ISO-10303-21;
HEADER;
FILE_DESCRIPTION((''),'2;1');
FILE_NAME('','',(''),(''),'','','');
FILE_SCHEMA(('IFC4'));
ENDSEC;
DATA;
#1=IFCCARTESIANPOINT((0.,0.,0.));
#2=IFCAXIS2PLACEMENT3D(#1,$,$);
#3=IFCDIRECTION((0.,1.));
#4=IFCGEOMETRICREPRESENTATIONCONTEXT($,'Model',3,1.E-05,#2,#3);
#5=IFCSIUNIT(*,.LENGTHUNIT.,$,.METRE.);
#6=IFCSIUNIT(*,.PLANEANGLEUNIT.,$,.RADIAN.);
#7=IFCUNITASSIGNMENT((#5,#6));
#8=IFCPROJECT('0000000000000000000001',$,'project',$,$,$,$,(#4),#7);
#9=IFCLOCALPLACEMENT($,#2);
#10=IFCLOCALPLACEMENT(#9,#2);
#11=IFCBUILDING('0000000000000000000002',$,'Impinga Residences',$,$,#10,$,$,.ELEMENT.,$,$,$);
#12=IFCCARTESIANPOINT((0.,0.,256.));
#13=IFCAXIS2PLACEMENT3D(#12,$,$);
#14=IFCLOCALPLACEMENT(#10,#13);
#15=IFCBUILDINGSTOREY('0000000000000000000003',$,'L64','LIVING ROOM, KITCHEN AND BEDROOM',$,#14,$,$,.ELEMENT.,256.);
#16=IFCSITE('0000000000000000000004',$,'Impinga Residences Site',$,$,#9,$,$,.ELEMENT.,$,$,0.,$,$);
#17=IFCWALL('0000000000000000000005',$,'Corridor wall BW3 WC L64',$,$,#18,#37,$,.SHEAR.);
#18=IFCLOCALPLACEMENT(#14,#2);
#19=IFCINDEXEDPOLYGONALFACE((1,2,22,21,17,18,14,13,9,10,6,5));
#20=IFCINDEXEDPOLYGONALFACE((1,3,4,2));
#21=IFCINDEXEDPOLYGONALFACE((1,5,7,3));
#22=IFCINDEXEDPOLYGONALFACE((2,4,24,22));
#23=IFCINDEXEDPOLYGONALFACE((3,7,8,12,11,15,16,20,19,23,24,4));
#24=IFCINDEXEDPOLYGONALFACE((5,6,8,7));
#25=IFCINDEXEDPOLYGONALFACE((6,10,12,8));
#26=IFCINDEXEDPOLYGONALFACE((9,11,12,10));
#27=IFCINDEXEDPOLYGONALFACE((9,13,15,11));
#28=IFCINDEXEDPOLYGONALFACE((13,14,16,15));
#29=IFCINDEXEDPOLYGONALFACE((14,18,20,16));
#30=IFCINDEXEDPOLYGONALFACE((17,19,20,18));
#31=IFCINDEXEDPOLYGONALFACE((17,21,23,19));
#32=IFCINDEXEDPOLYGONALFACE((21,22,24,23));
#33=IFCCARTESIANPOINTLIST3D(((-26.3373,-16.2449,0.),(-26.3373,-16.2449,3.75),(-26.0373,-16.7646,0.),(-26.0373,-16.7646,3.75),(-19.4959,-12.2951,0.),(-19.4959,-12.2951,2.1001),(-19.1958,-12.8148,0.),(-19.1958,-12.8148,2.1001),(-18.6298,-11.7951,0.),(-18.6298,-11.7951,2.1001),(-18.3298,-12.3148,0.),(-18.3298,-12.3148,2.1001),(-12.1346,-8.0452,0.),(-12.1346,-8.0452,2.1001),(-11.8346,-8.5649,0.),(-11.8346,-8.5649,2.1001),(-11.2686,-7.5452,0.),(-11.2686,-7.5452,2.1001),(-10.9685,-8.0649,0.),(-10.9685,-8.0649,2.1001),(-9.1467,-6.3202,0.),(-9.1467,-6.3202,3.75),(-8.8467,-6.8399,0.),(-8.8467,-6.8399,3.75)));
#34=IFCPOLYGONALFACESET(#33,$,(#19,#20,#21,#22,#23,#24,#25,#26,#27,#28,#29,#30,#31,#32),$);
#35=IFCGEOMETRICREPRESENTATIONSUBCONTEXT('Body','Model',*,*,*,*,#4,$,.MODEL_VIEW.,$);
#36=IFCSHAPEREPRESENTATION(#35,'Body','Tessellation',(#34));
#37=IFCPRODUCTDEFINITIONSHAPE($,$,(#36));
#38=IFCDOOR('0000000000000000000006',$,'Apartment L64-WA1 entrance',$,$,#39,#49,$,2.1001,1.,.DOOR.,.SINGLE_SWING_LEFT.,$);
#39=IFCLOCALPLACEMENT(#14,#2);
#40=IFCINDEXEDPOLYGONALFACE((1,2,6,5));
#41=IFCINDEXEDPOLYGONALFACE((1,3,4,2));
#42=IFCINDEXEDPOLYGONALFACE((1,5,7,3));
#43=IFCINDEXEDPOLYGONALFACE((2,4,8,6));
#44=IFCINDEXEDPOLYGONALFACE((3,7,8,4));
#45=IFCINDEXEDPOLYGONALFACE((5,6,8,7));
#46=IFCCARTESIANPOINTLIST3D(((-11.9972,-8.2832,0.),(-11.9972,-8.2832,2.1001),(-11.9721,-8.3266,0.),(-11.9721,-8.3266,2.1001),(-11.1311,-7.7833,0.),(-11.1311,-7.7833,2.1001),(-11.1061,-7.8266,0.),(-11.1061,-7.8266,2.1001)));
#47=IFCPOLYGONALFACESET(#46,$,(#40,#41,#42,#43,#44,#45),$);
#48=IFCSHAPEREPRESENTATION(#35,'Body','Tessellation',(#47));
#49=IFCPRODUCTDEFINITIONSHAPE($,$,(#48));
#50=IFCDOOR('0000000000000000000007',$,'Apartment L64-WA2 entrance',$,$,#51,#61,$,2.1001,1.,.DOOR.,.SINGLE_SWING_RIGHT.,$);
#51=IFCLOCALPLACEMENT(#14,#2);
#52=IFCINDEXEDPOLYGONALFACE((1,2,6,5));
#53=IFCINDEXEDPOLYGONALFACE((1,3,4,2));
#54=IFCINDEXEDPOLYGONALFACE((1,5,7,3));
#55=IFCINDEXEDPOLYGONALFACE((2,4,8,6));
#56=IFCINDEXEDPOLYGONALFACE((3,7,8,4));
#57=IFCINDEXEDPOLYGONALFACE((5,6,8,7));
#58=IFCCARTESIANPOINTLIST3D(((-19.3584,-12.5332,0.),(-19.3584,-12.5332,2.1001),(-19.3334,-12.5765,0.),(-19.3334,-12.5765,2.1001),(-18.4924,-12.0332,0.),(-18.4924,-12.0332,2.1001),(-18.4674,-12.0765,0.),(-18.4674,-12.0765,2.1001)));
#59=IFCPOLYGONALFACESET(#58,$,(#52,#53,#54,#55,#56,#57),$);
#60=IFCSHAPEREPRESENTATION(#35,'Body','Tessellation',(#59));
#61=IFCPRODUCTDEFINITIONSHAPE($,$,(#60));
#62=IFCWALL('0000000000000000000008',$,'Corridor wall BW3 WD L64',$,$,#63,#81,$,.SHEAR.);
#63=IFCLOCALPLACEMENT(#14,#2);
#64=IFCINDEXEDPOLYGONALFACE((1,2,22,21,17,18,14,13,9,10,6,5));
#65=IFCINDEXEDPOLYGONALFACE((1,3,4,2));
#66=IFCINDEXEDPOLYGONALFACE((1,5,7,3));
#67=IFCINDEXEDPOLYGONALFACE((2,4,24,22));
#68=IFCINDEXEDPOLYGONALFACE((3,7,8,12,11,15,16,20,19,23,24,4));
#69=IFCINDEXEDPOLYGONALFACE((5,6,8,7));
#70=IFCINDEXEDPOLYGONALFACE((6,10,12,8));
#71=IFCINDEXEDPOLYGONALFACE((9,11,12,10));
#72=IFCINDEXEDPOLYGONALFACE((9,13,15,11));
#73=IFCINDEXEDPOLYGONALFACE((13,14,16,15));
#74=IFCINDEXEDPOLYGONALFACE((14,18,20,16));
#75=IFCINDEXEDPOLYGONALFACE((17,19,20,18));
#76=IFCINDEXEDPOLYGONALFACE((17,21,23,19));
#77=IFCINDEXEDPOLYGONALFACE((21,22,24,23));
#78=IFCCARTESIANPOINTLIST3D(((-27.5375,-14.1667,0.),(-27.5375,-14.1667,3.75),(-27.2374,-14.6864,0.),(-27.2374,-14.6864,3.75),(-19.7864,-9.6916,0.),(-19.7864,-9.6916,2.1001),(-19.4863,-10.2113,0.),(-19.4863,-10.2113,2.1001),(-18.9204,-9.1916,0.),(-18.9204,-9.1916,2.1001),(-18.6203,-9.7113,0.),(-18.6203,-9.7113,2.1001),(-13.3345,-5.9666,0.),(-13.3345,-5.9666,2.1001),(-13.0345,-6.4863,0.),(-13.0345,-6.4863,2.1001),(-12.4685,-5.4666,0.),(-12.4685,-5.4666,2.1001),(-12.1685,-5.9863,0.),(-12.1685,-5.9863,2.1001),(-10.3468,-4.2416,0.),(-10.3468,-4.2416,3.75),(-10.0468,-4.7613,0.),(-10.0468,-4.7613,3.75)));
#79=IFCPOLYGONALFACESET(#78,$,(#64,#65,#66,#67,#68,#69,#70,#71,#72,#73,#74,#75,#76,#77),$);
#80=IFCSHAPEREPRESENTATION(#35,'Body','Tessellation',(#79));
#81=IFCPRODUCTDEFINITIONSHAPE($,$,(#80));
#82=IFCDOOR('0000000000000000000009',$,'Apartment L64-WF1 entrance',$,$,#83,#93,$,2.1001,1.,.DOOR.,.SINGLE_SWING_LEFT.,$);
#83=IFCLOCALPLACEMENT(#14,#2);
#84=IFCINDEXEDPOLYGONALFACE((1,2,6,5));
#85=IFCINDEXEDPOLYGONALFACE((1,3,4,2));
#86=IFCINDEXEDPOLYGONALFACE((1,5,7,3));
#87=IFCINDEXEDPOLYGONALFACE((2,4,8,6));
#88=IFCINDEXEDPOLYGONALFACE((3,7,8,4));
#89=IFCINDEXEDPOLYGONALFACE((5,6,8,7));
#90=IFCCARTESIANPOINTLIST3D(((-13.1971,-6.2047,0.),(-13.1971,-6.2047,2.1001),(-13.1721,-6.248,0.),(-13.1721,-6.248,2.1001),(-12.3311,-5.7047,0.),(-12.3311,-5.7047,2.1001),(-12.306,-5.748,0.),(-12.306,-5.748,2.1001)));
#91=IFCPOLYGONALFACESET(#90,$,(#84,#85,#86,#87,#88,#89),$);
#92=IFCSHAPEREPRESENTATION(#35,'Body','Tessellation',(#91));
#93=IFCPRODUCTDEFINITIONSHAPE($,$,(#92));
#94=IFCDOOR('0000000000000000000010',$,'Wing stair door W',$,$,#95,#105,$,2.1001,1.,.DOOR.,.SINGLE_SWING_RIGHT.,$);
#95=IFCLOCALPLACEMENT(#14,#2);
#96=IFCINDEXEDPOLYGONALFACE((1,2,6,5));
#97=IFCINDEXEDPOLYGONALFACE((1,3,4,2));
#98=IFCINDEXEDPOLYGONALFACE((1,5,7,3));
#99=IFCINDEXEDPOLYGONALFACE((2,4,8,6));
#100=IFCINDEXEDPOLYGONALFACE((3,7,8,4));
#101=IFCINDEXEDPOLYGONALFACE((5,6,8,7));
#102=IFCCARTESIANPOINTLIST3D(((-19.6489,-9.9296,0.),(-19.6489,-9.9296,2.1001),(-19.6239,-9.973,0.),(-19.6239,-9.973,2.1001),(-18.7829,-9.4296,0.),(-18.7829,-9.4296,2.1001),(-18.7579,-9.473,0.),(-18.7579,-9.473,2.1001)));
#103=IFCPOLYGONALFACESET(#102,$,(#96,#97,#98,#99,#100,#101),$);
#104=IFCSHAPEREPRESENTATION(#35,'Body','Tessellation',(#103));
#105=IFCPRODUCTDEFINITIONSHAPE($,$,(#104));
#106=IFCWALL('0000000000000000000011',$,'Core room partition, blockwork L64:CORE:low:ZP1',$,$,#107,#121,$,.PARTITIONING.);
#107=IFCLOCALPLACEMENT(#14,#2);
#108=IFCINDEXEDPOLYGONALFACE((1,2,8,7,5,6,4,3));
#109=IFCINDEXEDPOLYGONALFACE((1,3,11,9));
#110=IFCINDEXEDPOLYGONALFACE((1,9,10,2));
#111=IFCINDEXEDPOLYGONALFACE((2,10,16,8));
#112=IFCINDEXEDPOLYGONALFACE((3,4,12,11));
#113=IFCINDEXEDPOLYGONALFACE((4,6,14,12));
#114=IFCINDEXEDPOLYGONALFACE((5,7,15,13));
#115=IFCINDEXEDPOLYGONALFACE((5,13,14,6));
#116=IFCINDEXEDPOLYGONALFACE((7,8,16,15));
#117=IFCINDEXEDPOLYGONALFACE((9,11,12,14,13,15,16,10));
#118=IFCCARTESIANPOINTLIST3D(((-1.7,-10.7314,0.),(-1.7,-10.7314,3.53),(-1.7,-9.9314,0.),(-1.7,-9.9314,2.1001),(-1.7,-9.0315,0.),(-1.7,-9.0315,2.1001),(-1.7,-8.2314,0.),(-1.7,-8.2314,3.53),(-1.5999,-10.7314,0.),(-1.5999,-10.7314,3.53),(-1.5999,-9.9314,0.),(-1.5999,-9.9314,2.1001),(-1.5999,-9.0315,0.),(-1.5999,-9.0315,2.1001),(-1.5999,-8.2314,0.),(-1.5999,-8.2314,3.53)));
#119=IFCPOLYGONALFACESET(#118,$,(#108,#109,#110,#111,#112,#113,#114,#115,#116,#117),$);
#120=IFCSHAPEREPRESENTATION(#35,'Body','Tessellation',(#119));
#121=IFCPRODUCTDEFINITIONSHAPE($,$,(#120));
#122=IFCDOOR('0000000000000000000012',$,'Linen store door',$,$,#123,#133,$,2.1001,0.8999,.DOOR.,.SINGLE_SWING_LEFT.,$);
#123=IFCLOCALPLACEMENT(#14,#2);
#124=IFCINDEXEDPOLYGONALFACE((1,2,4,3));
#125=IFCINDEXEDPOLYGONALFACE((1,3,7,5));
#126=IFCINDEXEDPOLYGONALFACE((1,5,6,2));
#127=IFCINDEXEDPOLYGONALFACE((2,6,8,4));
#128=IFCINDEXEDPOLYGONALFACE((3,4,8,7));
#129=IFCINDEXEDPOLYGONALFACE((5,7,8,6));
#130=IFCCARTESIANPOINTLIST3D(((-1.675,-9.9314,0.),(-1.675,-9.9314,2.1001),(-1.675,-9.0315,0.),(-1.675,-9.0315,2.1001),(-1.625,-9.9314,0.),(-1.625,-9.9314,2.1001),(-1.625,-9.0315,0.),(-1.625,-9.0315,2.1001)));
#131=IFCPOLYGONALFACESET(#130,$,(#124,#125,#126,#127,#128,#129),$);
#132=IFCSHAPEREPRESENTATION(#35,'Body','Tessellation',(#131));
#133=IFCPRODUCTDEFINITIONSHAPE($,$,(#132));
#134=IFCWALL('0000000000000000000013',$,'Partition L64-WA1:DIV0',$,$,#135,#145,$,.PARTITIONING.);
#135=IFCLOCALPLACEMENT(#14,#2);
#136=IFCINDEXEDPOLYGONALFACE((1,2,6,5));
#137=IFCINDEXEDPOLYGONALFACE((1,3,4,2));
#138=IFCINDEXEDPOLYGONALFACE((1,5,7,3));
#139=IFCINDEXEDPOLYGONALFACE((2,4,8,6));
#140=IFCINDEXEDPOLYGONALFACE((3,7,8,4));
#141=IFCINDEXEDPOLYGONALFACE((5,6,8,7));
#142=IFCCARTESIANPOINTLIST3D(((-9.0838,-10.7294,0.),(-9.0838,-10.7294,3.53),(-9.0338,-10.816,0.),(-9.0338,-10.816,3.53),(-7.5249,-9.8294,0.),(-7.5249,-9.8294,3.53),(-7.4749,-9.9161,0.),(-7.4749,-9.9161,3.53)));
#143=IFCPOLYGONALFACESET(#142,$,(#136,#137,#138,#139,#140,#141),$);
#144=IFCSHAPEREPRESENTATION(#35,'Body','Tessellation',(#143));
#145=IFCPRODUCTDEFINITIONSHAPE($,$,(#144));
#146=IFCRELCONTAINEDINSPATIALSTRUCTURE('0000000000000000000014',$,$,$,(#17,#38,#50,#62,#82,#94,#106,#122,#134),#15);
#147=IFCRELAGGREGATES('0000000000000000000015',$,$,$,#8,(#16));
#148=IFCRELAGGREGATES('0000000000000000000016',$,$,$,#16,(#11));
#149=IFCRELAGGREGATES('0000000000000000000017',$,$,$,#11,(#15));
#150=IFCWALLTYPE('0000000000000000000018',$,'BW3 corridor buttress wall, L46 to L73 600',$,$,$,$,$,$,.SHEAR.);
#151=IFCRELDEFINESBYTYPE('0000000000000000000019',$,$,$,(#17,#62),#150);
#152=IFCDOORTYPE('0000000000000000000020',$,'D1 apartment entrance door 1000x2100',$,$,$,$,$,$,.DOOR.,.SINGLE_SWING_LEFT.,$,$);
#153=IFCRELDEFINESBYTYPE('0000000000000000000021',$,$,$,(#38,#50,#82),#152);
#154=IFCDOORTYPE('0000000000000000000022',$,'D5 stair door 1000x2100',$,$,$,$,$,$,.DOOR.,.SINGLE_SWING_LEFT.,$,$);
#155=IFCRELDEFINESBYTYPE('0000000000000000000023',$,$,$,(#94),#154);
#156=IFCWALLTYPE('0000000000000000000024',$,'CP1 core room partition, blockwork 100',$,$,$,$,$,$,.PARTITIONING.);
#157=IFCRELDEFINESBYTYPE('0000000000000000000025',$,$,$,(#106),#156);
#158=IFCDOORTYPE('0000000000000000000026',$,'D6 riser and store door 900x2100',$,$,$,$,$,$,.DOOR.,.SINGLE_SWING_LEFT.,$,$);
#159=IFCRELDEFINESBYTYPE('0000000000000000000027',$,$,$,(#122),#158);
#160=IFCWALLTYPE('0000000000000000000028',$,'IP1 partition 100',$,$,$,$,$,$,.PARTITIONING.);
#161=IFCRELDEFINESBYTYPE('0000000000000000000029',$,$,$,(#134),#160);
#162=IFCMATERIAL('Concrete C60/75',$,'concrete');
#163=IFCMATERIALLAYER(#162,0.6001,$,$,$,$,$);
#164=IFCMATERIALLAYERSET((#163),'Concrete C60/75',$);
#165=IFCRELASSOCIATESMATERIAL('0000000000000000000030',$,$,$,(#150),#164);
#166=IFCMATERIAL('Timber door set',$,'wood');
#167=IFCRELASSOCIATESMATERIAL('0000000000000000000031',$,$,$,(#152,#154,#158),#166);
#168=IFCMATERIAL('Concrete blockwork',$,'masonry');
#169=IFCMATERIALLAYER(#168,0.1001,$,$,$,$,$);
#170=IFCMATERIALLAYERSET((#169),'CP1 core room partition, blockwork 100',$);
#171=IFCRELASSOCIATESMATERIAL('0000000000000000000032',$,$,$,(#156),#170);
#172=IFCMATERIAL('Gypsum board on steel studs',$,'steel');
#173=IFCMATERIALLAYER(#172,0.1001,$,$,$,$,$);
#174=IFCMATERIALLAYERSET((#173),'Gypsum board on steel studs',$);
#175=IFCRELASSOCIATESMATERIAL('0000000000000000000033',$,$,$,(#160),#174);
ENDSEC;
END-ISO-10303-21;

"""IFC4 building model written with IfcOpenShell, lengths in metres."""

from ifc_helpers import new_model, si_unit, direction, frame, frame_2d, origin, place, context, subcontext, project, spatial, rectangle, extrude, material, layer, layer_set, type_object, element, fill, save


model = new_model("IFC4")

# Units and contexts
model_context = context("Model", 3, precision=1e-05, world=origin(), true_north=direction((0.0, 1.0)))
body_context = subcontext(model_context, "Body", "Model", "MODEL_VIEW")
ifc_project = project(units=[si_unit("LENGTHUNIT", "METRE"), si_unit("PLANEANGLEUNIT", "RADIAN")], contexts=[model_context])

# Site, building, storey
site_placement = place(None, origin())
site = spatial("IfcSite", under=ifc_project, at=site_placement, Name="Impinga Residences Site", CompositionType="ELEMENT", RefElevation=0.0)
building_placement = place(site_placement, origin())
building = spatial("IfcBuilding", under=site, at=building_placement, Name="Impinga Residences", CompositionType="ELEMENT")
storey_placement = place(building_placement, frame((0.0, 0.0, 256.0)))
storey = spatial("IfcBuildingStorey", under=building, at=storey_placement, Name="L64", Description="LIVING ROOM, KITCHEN AND BEDROOM", CompositionType="ELEMENT", Elevation=256.0)

# Walls, openings, doors
ifc_material_1 = material(Name="Concrete C60/75", Category="concrete")
ifc_layer_1 = layer(ifc_material_1, 0.6001)
ifc_layer_set_1 = layer_set([ifc_layer_1], Name="Concrete C60/75")
wall_type_1 = type_object("IfcWallType", Name="BW3 corridor buttress wall, L46 to L73 600", PredefinedType="SHEAR", material=ifc_layer_set_1)
wall_1_placement = place(storey_placement, frame((-8.9968, -6.5801, 0.0), z_axis=(0.0, 0.0, 1.0), x_axis=(-0.866031, -0.499991, 0.0)))
wall_1 = element("IfcWall", 1, at=wall_1_placement, inside=storey, type_object=wall_type_1, Name="Corridor wall BW3 WC L64", PredefinedType="SHEAR", context=body_context, shape_type="SweptSolid", body=[
    extrude(rectangle(XDim=19.8499, YDim=0.6001, at=frame_2d((9.9248, 0.0))), origin(), (0.0, 0.0, 1.0), 3.75),
])
opening_1_placement = place(wall_1_placement, frame((2.45, 0.0, 0.0)))
opening_1 = element("IfcOpeningElement", 2, at=opening_1_placement, cuts=wall_1, PredefinedType="OPENING", context=body_context, shape_type="SweptSolid", body=[
    extrude(rectangle(XDim=1.0, YDim=2.1001, at=frame_2d((0.5, 1.05))), frame((0.0, 0.3101, 0.0), z_axis=(0.0, -1.0, 0.0), x_axis=(1.0, 0.0, 0.0)), (0.0, 0.0, 1.0), 0.6201),
])
opening_2_placement = place(wall_1_placement, frame((10.95, 0.0, 0.0)))
opening_2 = element("IfcOpeningElement", 3, at=opening_2_placement, cuts=wall_1, PredefinedType="OPENING", context=body_context, shape_type="SweptSolid", body=[
    extrude(rectangle(XDim=1.0, YDim=2.1001, at=frame_2d((0.5, 1.05))), frame((0.0, 0.3101, 0.0), z_axis=(0.0, -1.0, 0.0), x_axis=(1.0, 0.0, 0.0)), (0.0, 0.0, 1.0), 0.6201),
])
ifc_material_2 = material(Name="Timber door set", Category="wood")
door_type_1 = type_object("IfcDoorType", Name="D1 apartment entrance door 1000x2100", OperationType="SINGLE_SWING_LEFT", PredefinedType="DOOR", material=ifc_material_2)
door_1_placement = place(opening_1_placement, origin())
door_1 = element("IfcDoor", 4, at=door_1_placement, inside=storey, type_object=door_type_1, Name="Apartment L64-WA1 entrance", OperationType="SINGLE_SWING_LEFT", OverallHeight=2.1001, OverallWidth=1.0, PredefinedType="DOOR", context=body_context, shape_type="SweptSolid", body=[
    extrude(rectangle(XDim=1.0, YDim=2.1001, at=frame_2d((0.5, 1.05))), frame((0.0, 0.0249, 0.0), z_axis=(0.0, -1.0, 0.0), x_axis=(1.0, 0.0, 0.0)), (0.0, 0.0, 1.0), 0.05),
])
fill(opening_1, door_1)
door_2_placement = place(opening_2_placement, origin())
door_2 = element("IfcDoor", 5, at=door_2_placement, inside=storey, type_object=door_type_1, Name="Apartment L64-WA2 entrance", OperationType="SINGLE_SWING_RIGHT", OverallHeight=2.1001, OverallWidth=1.0, PredefinedType="DOOR", context=body_context, shape_type="SweptSolid", body=[
    extrude(rectangle(XDim=1.0, YDim=2.1001, at=frame_2d((0.5, 1.05))), frame((0.0, 0.0249, 0.0), z_axis=(0.0, -1.0, 0.0), x_axis=(1.0, 0.0, 0.0)), (0.0, 0.0, 1.0), 0.05),
])
fill(opening_2, door_2)
wall_2_placement = place(storey_placement, frame((-10.1968, -4.5015, 0.0), z_axis=(0.0, 0.0, 1.0), x_axis=(-0.866025, -0.5, 0.0)))
wall_2 = element("IfcWall", 6, at=wall_2_placement, inside=storey, type_object=wall_type_1, Name="Corridor wall BW3 WD L64", PredefinedType="SHEAR", context=body_context, shape_type="SweptSolid", body=[
    extrude(rectangle(XDim=19.8501, YDim=0.6001, at=frame_2d((9.925, 0.0))), origin(), (0.0, 0.0, 1.0), 3.75),
])
opening_3_placement = place(wall_2_placement, frame((9.8999, 0.0, 0.0)))
opening_3 = element("IfcOpeningElement", 7, at=opening_3_placement, cuts=wall_2, PredefinedType="OPENING", context=body_context, shape_type="SweptSolid", body=[
    extrude(rectangle(XDim=1.0, YDim=2.1001, at=frame_2d((0.5, 1.05))), frame((0.0, 0.3101, 0.0), z_axis=(0.0, -1.0, 0.0), x_axis=(1.0, 0.0, 0.0)), (0.0, 0.0, 1.0), 0.6201),
])
opening_4_placement = place(wall_2_placement, frame((2.45, 0.0, 0.0)))
opening_4 = element("IfcOpeningElement", 8, at=opening_4_placement, cuts=wall_2, PredefinedType="OPENING", context=body_context, shape_type="SweptSolid", body=[
    extrude(rectangle(XDim=1.0, YDim=2.1001, at=frame_2d((0.5, 1.05))), frame((0.0, 0.3101, 0.0), z_axis=(0.0, -1.0, 0.0), x_axis=(1.0, 0.0, 0.0)), (0.0, 0.0, 1.0), 0.6201),
])
door_3_placement = place(opening_4_placement, origin())
door_3 = element("IfcDoor", 9, at=door_3_placement, inside=storey, type_object=door_type_1, Name="Apartment L64-WF1 entrance", OperationType="SINGLE_SWING_LEFT", OverallHeight=2.1001, OverallWidth=1.0, PredefinedType="DOOR", context=body_context, shape_type="SweptSolid", body=[
    extrude(rectangle(XDim=1.0, YDim=2.1001, at=frame_2d((0.5, 1.05))), frame((0.0, 0.0249, 0.0), z_axis=(0.0, -1.0, 0.0), x_axis=(1.0, 0.0, 0.0)), (0.0, 0.0, 1.0), 0.05),
])
fill(opening_4, door_3)
door_type_2 = type_object("IfcDoorType", Name="D5 stair door 1000x2100", OperationType="SINGLE_SWING_LEFT", PredefinedType="DOOR", material=ifc_material_2)
door_4_placement = place(opening_3_placement, origin())
door_4 = element("IfcDoor", 10, at=door_4_placement, inside=storey, type_object=door_type_2, Name="Wing stair door W", OperationType="SINGLE_SWING_RIGHT", OverallHeight=2.1001, OverallWidth=1.0, PredefinedType="DOOR", context=body_context, shape_type="SweptSolid", body=[
    extrude(rectangle(XDim=1.0, YDim=2.1001, at=frame_2d((0.5, 1.05))), frame((0.0, 0.0249, 0.0), z_axis=(0.0, -1.0, 0.0), x_axis=(1.0, 0.0, 0.0)), (0.0, 0.0, 1.0), 0.05),
])
fill(opening_3, door_4)

# Wall, opening, door
ifc_material_3 = material(Name="Concrete blockwork", Category="masonry")
ifc_layer_2 = layer(ifc_material_3, 0.1001)
ifc_layer_set_2 = layer_set([ifc_layer_2], Name="CP1 core room partition, blockwork 100")
wall_type_2 = type_object("IfcWallType", Name="CP1 core room partition, blockwork 100", PredefinedType="PARTITIONING", material=ifc_layer_set_2)
wall_3_placement = place(storey_placement, frame((-1.6499, -8.2314, 0.0), z_axis=(0.0, 0.0, 1.0), x_axis=(0.0, -1.0, 0.0)))
wall_3 = element("IfcWall", 11, at=wall_3_placement, inside=storey, type_object=wall_type_2, Name="Core room partition, blockwork L64:CORE:low:ZP1", PredefinedType="PARTITIONING", context=body_context, shape_type="SweptSolid", body=[
    extrude(rectangle(XDim=2.5, YDim=0.1001, at=frame_2d((1.25, 0.0))), origin(), (0.0, 0.0, 1.0), 3.53),
])
opening_5_placement = place(wall_3_placement, frame((0.8, 0.0, 0.0)))
opening_5 = element("IfcOpeningElement", 12, at=opening_5_placement, cuts=wall_3, PredefinedType="OPENING", context=body_context, shape_type="SweptSolid", body=[
    extrude(rectangle(XDim=0.8999, YDim=2.1001, at=frame_2d((0.45, 1.05))), frame((0.0, 0.0601, 0.0), z_axis=(0.0, -1.0, 0.0), x_axis=(1.0, 0.0, 0.0)), (0.0, 0.0, 1.0), 0.1201),
])
door_type_3 = type_object("IfcDoorType", Name="D6 riser and store door 900x2100", OperationType="SINGLE_SWING_LEFT", PredefinedType="DOOR", material=ifc_material_2)
door_5_placement = place(opening_5_placement, origin())
door_5 = element("IfcDoor", 13, at=door_5_placement, inside=storey, type_object=door_type_3, Name="Linen store door", OperationType="SINGLE_SWING_LEFT", OverallHeight=2.1001, OverallWidth=0.8999, PredefinedType="DOOR", context=body_context, shape_type="SweptSolid", body=[
    extrude(rectangle(XDim=0.8999, YDim=2.1001, at=frame_2d((0.45, 1.05))), frame((0.0, 0.0249, 0.0), z_axis=(0.0, -1.0, 0.0), x_axis=(1.0, 0.0, 0.0)), (0.0, 0.0, 1.0), 0.05),
])
fill(opening_5, door_5)

# Wall
ifc_material_4 = material(Name="Gypsum board on steel studs", Category="steel")
ifc_layer_3 = layer(ifc_material_4, 0.1001)
ifc_layer_set_3 = layer_set([ifc_layer_3], Name="Gypsum board on steel studs")
wall_type_3 = type_object("IfcWallType", Name="IP1 partition 100", PredefinedType="PARTITIONING", material=ifc_layer_set_3)
wall_4_placement = place(storey_placement, frame((-7.5, -9.8728, 0.0), z_axis=(0.0, 0.0, 1.0), x_axis=(-0.866048, -0.499961, 0.0)))
element("IfcWall", 14, at=wall_4_placement, inside=storey, type_object=wall_type_3, Name="Partition L64-WA1:DIV0", PredefinedType="PARTITIONING", context=body_context, shape_type="SweptSolid", body=[
    extrude(rectangle(XDim=1.8, YDim=0.1001, at=frame_2d((0.8999, 0.0))), origin(), (0.0, 0.0, 1.0), 3.53),
])

save(model, "model.ifc")
